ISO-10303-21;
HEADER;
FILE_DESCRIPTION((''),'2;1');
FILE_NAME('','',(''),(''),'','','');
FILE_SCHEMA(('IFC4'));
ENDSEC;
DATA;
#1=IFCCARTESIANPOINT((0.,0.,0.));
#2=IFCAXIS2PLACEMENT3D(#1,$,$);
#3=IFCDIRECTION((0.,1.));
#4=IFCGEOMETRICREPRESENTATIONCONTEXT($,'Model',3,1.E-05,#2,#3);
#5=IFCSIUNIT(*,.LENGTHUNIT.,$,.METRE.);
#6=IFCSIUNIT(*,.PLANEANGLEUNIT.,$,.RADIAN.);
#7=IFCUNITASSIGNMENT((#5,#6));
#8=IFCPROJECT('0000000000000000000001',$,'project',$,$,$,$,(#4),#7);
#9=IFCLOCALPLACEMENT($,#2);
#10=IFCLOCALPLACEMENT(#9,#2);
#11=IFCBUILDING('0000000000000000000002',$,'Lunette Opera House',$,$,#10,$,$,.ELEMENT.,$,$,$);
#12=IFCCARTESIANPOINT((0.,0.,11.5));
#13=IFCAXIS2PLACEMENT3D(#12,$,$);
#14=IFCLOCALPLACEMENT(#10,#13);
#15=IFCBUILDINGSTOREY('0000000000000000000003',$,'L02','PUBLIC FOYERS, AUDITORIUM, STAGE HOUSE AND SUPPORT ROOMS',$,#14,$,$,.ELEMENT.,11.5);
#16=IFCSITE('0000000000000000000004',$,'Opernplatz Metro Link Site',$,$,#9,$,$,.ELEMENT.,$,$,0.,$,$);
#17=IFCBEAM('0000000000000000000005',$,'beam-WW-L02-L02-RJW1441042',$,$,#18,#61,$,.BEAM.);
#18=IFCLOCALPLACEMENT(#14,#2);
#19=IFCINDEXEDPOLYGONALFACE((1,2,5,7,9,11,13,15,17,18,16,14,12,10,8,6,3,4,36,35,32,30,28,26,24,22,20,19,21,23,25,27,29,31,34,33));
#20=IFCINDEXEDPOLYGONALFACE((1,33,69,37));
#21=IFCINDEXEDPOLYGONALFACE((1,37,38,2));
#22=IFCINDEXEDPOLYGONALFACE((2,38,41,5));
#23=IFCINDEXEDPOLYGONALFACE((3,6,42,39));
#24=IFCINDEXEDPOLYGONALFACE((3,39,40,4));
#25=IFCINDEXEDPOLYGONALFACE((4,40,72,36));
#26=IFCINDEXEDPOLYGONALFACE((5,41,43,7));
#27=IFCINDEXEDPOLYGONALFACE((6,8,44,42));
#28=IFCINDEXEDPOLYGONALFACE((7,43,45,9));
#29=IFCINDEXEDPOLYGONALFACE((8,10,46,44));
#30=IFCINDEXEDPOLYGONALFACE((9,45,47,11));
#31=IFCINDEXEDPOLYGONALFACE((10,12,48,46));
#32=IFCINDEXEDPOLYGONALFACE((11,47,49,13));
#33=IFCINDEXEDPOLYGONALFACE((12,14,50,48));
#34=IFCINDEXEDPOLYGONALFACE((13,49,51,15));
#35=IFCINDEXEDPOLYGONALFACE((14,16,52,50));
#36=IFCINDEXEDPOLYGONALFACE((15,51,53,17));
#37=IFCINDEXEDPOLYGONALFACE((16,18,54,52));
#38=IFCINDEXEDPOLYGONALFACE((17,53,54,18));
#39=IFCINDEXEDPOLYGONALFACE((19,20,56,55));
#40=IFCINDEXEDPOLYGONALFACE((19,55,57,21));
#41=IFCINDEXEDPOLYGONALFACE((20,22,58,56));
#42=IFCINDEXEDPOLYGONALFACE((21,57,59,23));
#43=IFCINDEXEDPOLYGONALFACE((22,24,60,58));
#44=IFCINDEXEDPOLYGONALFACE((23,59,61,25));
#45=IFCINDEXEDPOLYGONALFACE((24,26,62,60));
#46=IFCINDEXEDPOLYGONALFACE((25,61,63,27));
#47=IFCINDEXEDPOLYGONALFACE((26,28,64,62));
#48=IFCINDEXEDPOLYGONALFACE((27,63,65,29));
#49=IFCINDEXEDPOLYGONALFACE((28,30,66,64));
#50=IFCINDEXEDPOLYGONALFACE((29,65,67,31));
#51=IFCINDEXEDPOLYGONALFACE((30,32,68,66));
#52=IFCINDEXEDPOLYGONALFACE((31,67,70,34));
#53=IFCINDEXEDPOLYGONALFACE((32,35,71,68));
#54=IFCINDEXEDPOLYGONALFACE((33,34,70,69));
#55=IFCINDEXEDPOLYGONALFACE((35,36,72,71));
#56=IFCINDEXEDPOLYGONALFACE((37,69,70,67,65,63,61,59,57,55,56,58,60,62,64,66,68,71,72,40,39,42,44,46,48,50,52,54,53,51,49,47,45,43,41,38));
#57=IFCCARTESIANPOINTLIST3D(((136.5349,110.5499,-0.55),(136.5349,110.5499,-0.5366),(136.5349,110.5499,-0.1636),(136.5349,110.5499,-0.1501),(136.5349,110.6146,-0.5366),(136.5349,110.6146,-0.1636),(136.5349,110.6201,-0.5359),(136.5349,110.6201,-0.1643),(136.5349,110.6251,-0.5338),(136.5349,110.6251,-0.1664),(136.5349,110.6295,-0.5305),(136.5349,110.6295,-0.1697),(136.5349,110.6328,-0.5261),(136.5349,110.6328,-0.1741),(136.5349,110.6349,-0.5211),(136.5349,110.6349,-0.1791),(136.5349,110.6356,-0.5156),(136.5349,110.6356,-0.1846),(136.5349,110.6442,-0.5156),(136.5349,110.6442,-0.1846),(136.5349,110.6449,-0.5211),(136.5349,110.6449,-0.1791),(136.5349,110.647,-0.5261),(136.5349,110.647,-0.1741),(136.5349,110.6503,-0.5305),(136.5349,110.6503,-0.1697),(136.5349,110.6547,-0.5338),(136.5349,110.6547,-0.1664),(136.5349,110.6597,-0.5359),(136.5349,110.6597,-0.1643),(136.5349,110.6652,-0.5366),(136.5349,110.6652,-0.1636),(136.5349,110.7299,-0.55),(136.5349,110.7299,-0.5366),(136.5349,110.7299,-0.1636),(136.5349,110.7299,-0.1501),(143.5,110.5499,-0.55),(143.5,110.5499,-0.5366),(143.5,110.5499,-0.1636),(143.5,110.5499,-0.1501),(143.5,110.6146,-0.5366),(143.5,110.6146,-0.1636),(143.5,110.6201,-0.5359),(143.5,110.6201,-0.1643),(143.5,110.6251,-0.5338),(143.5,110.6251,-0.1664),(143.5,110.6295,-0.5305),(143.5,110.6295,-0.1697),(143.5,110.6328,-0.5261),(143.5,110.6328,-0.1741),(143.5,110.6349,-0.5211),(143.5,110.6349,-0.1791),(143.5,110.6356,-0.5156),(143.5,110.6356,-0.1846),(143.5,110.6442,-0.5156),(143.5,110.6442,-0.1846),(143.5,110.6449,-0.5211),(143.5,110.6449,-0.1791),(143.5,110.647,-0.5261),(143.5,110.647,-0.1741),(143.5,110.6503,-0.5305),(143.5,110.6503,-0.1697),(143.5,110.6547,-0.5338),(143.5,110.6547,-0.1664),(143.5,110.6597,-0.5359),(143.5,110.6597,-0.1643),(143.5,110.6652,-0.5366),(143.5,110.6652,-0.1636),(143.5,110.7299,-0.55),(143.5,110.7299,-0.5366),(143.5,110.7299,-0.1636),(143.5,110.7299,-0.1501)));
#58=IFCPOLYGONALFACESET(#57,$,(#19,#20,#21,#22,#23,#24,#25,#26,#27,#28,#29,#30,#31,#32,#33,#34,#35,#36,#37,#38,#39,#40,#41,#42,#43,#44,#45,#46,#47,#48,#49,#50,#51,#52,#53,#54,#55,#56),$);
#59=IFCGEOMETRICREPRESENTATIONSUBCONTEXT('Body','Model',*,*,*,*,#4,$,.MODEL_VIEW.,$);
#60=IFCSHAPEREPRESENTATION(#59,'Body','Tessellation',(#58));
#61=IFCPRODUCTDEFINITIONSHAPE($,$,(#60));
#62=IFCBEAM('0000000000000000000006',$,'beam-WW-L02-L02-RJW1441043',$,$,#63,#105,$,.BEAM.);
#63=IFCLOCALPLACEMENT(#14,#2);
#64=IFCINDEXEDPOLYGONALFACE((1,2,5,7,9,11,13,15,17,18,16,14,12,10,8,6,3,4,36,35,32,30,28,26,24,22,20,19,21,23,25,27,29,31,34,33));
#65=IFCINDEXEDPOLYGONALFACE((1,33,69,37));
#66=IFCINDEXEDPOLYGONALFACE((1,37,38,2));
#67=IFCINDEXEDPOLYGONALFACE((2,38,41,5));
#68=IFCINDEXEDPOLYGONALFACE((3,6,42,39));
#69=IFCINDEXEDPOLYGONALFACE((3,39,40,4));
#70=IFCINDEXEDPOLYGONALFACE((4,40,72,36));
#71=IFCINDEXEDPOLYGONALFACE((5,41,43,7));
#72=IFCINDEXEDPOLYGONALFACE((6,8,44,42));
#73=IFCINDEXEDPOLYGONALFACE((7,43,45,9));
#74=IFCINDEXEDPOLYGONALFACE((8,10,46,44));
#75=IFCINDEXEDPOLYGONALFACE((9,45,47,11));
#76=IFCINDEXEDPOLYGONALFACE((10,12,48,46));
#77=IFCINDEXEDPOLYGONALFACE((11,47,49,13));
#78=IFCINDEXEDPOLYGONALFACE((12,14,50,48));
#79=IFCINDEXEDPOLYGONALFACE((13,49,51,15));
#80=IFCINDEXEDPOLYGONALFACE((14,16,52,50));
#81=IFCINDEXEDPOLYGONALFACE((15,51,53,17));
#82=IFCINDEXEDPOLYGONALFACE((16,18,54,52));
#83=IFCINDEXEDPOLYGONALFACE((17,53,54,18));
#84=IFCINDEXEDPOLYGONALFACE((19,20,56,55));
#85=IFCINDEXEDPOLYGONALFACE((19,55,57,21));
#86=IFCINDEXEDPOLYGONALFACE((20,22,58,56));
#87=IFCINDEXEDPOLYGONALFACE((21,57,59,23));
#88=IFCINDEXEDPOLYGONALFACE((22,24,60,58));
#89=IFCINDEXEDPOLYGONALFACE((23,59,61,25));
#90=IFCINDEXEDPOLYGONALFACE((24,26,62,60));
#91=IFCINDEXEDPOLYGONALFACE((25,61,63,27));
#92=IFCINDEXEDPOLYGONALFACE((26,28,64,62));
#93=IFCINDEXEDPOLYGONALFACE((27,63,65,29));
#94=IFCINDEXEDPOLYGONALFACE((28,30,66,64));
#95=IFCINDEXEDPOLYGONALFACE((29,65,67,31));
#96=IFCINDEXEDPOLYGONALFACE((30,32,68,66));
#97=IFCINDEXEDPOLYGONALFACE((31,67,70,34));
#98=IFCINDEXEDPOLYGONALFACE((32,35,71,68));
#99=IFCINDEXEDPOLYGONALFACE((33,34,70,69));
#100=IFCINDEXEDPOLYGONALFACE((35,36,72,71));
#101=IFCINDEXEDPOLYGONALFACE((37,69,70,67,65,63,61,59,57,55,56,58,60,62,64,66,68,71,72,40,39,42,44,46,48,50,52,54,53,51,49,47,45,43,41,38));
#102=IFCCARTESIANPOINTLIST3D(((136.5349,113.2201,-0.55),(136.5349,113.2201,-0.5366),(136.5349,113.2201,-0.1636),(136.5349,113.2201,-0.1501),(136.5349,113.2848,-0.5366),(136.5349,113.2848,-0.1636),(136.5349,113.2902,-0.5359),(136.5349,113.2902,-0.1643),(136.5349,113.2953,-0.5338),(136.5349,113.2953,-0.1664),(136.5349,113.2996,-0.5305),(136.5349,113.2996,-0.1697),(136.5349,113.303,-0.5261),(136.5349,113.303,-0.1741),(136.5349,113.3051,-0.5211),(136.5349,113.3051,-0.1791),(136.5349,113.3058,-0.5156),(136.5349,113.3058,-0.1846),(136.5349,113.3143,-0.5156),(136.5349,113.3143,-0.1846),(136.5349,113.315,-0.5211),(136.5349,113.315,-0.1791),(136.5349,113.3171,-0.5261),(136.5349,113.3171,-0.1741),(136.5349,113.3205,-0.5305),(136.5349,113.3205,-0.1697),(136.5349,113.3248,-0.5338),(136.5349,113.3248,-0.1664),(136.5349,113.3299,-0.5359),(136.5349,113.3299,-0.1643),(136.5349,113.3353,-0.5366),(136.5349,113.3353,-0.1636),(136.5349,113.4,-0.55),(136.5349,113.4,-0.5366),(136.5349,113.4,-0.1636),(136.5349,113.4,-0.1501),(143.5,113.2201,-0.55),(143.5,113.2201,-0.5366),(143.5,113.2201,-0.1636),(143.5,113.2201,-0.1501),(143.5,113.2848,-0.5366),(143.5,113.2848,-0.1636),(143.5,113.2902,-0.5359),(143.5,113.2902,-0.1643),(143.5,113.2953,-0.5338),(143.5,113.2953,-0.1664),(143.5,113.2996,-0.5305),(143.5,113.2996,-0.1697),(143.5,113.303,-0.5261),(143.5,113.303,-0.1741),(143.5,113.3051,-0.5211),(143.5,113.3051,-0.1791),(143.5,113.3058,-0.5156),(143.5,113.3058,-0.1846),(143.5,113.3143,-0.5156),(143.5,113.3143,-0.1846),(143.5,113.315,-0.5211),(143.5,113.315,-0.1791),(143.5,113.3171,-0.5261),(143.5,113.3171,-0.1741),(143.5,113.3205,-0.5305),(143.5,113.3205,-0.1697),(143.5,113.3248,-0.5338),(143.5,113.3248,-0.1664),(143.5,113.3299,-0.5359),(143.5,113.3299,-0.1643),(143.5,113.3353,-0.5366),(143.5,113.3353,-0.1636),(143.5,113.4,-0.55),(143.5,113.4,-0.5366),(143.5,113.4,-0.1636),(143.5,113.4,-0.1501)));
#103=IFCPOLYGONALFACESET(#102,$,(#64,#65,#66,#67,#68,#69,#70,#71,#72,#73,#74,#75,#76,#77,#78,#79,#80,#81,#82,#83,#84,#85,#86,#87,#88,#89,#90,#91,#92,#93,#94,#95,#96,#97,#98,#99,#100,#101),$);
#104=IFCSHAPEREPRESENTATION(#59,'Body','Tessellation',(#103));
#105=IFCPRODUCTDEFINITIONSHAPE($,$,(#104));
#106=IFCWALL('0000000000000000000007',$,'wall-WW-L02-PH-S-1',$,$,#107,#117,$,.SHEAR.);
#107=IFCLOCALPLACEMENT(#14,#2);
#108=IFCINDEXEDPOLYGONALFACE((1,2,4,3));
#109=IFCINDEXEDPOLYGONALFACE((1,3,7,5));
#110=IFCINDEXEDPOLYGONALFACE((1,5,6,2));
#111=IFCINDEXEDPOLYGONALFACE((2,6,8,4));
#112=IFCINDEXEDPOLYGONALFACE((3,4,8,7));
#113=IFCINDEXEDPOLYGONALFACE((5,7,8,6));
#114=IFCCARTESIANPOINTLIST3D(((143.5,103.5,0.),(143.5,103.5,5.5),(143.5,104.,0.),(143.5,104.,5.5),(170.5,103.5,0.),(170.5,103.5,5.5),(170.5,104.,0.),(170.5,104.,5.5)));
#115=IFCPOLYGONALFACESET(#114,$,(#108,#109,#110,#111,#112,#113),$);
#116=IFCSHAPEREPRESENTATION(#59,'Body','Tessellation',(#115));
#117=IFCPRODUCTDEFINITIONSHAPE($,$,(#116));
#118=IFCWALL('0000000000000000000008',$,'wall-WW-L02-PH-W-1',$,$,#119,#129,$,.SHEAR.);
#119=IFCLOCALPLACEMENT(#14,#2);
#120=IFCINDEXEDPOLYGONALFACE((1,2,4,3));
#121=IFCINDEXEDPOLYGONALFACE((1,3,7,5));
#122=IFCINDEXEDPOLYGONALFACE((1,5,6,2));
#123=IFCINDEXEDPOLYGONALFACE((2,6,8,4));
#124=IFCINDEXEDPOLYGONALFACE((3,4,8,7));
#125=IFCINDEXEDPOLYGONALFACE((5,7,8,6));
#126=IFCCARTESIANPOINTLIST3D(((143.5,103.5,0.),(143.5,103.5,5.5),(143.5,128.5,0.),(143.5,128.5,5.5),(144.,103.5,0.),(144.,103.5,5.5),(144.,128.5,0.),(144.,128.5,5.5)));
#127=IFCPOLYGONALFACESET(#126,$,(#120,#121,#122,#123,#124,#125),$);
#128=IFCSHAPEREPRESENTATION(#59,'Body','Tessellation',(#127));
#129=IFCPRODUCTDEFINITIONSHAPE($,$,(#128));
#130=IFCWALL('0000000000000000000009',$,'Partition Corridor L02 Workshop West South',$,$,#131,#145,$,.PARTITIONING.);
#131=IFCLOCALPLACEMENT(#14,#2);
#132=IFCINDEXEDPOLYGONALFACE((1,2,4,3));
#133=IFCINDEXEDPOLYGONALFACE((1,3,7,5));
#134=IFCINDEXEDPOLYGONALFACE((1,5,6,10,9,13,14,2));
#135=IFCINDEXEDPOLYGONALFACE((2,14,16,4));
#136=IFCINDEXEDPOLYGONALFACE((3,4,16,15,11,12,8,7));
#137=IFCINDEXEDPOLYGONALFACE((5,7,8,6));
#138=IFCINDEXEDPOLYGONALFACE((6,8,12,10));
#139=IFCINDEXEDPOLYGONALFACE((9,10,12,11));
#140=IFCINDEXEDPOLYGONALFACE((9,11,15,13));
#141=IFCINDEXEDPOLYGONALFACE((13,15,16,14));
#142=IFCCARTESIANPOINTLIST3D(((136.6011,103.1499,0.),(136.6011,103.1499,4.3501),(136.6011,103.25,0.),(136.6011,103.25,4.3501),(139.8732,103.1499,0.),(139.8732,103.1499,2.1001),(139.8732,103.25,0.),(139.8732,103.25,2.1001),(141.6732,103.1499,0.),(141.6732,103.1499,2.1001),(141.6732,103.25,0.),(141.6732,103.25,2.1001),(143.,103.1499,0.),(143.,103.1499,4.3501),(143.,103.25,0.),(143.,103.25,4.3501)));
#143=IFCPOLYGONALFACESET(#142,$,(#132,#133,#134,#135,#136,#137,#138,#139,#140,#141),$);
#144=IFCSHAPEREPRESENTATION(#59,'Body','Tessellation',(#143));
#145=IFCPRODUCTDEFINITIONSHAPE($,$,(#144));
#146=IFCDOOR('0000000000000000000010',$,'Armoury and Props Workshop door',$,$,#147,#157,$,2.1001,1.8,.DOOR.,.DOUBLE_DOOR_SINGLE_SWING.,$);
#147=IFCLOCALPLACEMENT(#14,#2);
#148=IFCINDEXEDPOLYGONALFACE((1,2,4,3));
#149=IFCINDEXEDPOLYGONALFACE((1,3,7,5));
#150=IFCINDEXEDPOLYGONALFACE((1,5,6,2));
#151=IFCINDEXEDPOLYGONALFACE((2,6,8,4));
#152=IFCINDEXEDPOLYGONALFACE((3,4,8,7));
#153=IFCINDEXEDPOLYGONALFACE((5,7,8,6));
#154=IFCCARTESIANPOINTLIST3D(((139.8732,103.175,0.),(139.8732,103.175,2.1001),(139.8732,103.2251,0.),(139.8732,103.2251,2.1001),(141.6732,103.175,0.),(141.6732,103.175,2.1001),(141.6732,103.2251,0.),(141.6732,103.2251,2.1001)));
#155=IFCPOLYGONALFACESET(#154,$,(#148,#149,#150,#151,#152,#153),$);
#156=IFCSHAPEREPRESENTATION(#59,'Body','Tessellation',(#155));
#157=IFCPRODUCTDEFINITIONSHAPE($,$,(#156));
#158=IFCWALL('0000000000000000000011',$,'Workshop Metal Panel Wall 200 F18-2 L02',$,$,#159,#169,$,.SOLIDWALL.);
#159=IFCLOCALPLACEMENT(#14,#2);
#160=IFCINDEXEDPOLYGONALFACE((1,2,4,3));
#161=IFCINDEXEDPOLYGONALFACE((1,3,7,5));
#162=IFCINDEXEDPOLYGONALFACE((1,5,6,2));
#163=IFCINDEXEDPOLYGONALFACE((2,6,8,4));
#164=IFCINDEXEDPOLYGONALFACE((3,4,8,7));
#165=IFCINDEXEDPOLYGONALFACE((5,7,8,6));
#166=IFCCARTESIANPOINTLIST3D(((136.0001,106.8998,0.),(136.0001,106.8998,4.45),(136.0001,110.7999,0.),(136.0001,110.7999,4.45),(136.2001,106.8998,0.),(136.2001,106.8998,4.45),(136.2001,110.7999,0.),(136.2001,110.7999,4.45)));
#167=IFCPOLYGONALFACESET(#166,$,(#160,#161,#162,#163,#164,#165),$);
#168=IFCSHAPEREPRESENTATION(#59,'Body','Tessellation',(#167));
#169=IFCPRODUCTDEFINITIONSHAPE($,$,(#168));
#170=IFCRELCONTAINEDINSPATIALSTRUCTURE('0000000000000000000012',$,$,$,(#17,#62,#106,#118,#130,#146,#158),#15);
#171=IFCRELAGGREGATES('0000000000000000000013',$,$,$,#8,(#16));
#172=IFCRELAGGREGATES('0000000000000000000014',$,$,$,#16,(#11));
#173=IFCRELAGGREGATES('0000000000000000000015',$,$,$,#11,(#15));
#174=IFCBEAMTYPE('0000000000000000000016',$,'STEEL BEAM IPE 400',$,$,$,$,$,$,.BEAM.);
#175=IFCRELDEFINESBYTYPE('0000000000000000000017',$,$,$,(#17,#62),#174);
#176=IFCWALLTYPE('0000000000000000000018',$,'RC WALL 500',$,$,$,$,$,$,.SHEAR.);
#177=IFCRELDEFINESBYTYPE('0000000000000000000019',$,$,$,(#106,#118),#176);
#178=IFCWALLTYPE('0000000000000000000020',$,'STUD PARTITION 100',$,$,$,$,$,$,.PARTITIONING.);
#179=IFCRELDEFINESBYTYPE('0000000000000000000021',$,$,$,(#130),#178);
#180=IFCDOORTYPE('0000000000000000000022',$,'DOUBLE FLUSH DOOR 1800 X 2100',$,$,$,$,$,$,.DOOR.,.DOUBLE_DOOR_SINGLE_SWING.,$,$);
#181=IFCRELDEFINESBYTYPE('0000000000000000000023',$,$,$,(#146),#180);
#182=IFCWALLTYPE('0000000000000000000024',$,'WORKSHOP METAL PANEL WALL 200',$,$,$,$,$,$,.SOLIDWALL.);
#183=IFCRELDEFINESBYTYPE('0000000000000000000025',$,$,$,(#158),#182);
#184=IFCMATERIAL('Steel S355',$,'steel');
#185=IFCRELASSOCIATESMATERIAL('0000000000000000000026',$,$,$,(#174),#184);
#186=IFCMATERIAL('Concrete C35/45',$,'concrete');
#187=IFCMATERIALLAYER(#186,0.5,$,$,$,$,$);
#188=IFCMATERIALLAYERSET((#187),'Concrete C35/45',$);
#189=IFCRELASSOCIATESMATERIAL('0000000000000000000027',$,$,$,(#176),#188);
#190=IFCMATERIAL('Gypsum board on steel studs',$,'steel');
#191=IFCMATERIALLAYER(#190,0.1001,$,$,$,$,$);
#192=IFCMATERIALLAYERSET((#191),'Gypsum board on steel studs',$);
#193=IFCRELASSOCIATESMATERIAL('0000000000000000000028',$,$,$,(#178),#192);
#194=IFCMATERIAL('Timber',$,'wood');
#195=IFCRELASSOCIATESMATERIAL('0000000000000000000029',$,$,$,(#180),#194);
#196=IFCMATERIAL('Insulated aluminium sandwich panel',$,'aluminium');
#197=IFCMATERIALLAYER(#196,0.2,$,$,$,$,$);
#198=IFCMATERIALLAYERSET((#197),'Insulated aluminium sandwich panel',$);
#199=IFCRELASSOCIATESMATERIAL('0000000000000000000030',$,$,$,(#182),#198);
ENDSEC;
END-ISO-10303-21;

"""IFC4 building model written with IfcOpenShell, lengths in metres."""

from ifc_helpers import new_model, si_unit, direction, frame, frame_2d, origin, origin_2d, place, context, subcontext, project, spatial, rectangle, i_section, extrude, material, layer, layer_set, material_profile, profile_set, type_object, element, fill, save


model = new_model("IFC4")

# Units and contexts
model_context = context("Model", 3, precision=1e-05, world=origin(), true_north=direction((0.0, 1.0)))
body_context = subcontext(model_context, "Body", "Model", "MODEL_VIEW")
ifc_project = project(units=[si_unit("LENGTHUNIT", "METRE"), si_unit("PLANEANGLEUNIT", "RADIAN")], contexts=[model_context])

# Site, building, storey
site_placement = place(None, origin())
site = spatial("IfcSite", under=ifc_project, at=site_placement, Name="Opernplatz Metro Link Site", CompositionType="ELEMENT", RefElevation=0.0)
building_placement = place(site_placement, origin())
building = spatial("IfcBuilding", under=site, at=building_placement, Name="Lunette Opera House", CompositionType="ELEMENT")
storey_placement = place(building_placement, frame((0.0, 0.0, 11.5)))
storey = spatial("IfcBuildingStorey", under=building, at=storey_placement, Name="L02", Description="PUBLIC FOYERS, AUDITORIUM, STAGE HOUSE AND SUPPORT ROOMS", CompositionType="ELEMENT", Elevation=11.5)

# Beams
ifc_material_1 = material(Name="Steel S355", Category="steel")
ifc_material_profile_1 = material_profile(ifc_material_1, i_section(OverallWidth=0.1799, OverallDepth=0.3999, WebThickness=0.0085, FlangeThickness=0.0134, FilletRadius=0.021, at=origin_2d()), Name="IPE 400")
ifc_profile_set_1 = profile_set([ifc_material_profile_1], Name="Steel S355")
beam_type_1 = type_object("IfcBeamType", Name="STEEL BEAM IPE 400", PredefinedType="BEAM", material=ifc_profile_set_1)
for number, where, z_axis, x_axis, name in (
    (1, (143.5, 110.6399, -0.3501), (-1.0, 0.0, 0.0), (0.0, -1.0, 0.0), "beam-WW-L02-L02-RJW1441042"),
    (2, (143.5, 113.3101, -0.3501), (-1.0, 0.0, 0.0), (0.0, -1.0, 0.0), "beam-WW-L02-L02-RJW1441043"),
):
    element("IfcBeam", number, at=place(storey_placement, frame(where, z_axis=z_axis, x_axis=x_axis)), inside=storey, type_object=beam_type_1, Name=name, PredefinedType="BEAM", context=body_context, shape_type="SweptSolid", body=[
        extrude(i_section(OverallWidth=0.1799, OverallDepth=0.3999, WebThickness=0.0085, FlangeThickness=0.0134, FilletRadius=0.021, at=origin_2d()), origin(), (0.0, 0.0, 1.0), 6.9651),
    ])

# Walls
ifc_material_2 = material(Name="Concrete C35/45", Category="concrete")
ifc_layer_1 = layer(ifc_material_2, 0.5)
ifc_layer_set_1 = layer_set([ifc_layer_1], Name="Concrete C35/45")
wall_type_1 = type_object("IfcWallType", Name="RC WALL 500", PredefinedType="SHEAR", material=ifc_layer_set_1)
wall_1_placement = place(storey_placement, frame((143.5, 103.75, 0.0), z_axis=(0.0, 0.0, 1.0), x_axis=(1.0, 0.0, 0.0)))
element("IfcWall", 3, at=wall_1_placement, inside=storey, type_object=wall_type_1, Name="wall-WW-L02-PH-S-1", PredefinedType="SHEAR", context=body_context, shape_type="SweptSolid", body=[
    extrude(rectangle(XDim=27.0, YDim=0.5, at=frame_2d((13.5, 0.0))), origin(), (0.0, 0.0, 1.0), 5.5),
])
wall_2_placement = place(storey_placement, frame((143.75, 103.5, 0.0), z_axis=(0.0, 0.0, 1.0), x_axis=(0.0, 1.0, 0.0)))
element("IfcWall", 4, at=wall_2_placement, inside=storey, type_object=wall_type_1, Name="wall-WW-L02-PH-W-1", PredefinedType="SHEAR", context=body_context, shape_type="SweptSolid", body=[
    extrude(rectangle(XDim=25.0, YDim=0.5, at=frame_2d((12.5, 0.0))), origin(), (0.0, 0.0, 1.0), 5.5),
])

# Wall, opening, door
ifc_material_3 = material(Name="Gypsum board on steel studs", Category="steel")
ifc_layer_2 = layer(ifc_material_3, 0.1001)
ifc_layer_set_2 = layer_set([ifc_layer_2], Name="Gypsum board on steel studs")
wall_type_2 = type_object("IfcWallType", Name="STUD PARTITION 100", PredefinedType="PARTITIONING", material=ifc_layer_set_2)
wall_3_placement = place(storey_placement, frame((143.0, 103.2, 0.0), z_axis=(0.0, 0.0, 1.0), x_axis=(-1.0, 0.0, 0.0)))
wall_3 = element("IfcWall", 5, at=wall_3_placement, inside=storey, type_object=wall_type_2, Name="Partition Corridor L02 Workshop West South", PredefinedType="PARTITIONING", context=body_context, shape_type="SweptSolid", body=[
    extrude(rectangle(XDim=6.3989, YDim=0.1001, at=frame_2d((3.1995, 0.0))), origin(), (0.0, 0.0, 1.0), 4.3501),
])
opening_placement = place(wall_3_placement, frame((1.3269, 0.0, 0.0)))
opening = element("IfcOpeningElement", 6, at=opening_placement, cuts=wall_3, PredefinedType="OPENING", context=body_context, shape_type="SweptSolid", body=[
    extrude(rectangle(XDim=1.8, YDim=2.1001, at=frame_2d((0.8999, 1.05))), frame((0.0, 0.062, 0.0), z_axis=(0.0, -1.0, 0.0), x_axis=(1.0, 0.0, 0.0)), (0.0, 0.0, 1.0), 0.124),
])
ifc_material_4 = material(Name="Timber", Category="wood")
door_type = type_object("IfcDoorType", Name="DOUBLE FLUSH DOOR 1800 X 2100", OperationType="DOUBLE_DOOR_SINGLE_SWING", PredefinedType="DOOR", material=ifc_material_4)
door_placement = place(opening_placement, origin())
door = element("IfcDoor", 7, at=door_placement, inside=storey, type_object=door_type, Name="Armoury and Props Workshop door", OperationType="DOUBLE_DOOR_SINGLE_SWING", OverallHeight=2.1001, OverallWidth=1.8, PredefinedType="DOOR", context=body_context, shape_type="SweptSolid", body=[
    extrude(rectangle(XDim=1.8, YDim=2.1001, at=frame_2d((0.8999, 1.05))), frame((0.0, 0.0249, 0.0), z_axis=(0.0, -1.0, 0.0), x_axis=(1.0, 0.0, 0.0)), (0.0, 0.0, 1.0), 0.05),
])
fill(opening, door)

# Wall
ifc_material_5 = material(Name="Insulated aluminium sandwich panel", Category="aluminium")
ifc_layer_3 = layer(ifc_material_5, 0.2)
ifc_layer_set_3 = layer_set([ifc_layer_3], Name="Insulated aluminium sandwich panel")
wall_type_3 = type_object("IfcWallType", Name="WORKSHOP METAL PANEL WALL 200", PredefinedType="SOLIDWALL", material=ifc_layer_set_3)
wall_4_placement = place(storey_placement, frame((136.1001, 110.8, 0.0), z_axis=(0.0, 0.0, 1.0), x_axis=(0.0, -1.0, 0.0)))
element("IfcWall", 8, at=wall_4_placement, inside=storey, type_object=wall_type_3, Name="Workshop Metal Panel Wall 200 F18-2 L02", PredefinedType="SOLIDWALL", context=body_context, shape_type="SweptSolid", body=[
    extrude(rectangle(XDim=3.9001, YDim=0.2, at=frame_2d((1.9502, 0.0))), origin(), (0.0, 0.0, 1.0), 4.45),
])

save(model, "model.ifc")
